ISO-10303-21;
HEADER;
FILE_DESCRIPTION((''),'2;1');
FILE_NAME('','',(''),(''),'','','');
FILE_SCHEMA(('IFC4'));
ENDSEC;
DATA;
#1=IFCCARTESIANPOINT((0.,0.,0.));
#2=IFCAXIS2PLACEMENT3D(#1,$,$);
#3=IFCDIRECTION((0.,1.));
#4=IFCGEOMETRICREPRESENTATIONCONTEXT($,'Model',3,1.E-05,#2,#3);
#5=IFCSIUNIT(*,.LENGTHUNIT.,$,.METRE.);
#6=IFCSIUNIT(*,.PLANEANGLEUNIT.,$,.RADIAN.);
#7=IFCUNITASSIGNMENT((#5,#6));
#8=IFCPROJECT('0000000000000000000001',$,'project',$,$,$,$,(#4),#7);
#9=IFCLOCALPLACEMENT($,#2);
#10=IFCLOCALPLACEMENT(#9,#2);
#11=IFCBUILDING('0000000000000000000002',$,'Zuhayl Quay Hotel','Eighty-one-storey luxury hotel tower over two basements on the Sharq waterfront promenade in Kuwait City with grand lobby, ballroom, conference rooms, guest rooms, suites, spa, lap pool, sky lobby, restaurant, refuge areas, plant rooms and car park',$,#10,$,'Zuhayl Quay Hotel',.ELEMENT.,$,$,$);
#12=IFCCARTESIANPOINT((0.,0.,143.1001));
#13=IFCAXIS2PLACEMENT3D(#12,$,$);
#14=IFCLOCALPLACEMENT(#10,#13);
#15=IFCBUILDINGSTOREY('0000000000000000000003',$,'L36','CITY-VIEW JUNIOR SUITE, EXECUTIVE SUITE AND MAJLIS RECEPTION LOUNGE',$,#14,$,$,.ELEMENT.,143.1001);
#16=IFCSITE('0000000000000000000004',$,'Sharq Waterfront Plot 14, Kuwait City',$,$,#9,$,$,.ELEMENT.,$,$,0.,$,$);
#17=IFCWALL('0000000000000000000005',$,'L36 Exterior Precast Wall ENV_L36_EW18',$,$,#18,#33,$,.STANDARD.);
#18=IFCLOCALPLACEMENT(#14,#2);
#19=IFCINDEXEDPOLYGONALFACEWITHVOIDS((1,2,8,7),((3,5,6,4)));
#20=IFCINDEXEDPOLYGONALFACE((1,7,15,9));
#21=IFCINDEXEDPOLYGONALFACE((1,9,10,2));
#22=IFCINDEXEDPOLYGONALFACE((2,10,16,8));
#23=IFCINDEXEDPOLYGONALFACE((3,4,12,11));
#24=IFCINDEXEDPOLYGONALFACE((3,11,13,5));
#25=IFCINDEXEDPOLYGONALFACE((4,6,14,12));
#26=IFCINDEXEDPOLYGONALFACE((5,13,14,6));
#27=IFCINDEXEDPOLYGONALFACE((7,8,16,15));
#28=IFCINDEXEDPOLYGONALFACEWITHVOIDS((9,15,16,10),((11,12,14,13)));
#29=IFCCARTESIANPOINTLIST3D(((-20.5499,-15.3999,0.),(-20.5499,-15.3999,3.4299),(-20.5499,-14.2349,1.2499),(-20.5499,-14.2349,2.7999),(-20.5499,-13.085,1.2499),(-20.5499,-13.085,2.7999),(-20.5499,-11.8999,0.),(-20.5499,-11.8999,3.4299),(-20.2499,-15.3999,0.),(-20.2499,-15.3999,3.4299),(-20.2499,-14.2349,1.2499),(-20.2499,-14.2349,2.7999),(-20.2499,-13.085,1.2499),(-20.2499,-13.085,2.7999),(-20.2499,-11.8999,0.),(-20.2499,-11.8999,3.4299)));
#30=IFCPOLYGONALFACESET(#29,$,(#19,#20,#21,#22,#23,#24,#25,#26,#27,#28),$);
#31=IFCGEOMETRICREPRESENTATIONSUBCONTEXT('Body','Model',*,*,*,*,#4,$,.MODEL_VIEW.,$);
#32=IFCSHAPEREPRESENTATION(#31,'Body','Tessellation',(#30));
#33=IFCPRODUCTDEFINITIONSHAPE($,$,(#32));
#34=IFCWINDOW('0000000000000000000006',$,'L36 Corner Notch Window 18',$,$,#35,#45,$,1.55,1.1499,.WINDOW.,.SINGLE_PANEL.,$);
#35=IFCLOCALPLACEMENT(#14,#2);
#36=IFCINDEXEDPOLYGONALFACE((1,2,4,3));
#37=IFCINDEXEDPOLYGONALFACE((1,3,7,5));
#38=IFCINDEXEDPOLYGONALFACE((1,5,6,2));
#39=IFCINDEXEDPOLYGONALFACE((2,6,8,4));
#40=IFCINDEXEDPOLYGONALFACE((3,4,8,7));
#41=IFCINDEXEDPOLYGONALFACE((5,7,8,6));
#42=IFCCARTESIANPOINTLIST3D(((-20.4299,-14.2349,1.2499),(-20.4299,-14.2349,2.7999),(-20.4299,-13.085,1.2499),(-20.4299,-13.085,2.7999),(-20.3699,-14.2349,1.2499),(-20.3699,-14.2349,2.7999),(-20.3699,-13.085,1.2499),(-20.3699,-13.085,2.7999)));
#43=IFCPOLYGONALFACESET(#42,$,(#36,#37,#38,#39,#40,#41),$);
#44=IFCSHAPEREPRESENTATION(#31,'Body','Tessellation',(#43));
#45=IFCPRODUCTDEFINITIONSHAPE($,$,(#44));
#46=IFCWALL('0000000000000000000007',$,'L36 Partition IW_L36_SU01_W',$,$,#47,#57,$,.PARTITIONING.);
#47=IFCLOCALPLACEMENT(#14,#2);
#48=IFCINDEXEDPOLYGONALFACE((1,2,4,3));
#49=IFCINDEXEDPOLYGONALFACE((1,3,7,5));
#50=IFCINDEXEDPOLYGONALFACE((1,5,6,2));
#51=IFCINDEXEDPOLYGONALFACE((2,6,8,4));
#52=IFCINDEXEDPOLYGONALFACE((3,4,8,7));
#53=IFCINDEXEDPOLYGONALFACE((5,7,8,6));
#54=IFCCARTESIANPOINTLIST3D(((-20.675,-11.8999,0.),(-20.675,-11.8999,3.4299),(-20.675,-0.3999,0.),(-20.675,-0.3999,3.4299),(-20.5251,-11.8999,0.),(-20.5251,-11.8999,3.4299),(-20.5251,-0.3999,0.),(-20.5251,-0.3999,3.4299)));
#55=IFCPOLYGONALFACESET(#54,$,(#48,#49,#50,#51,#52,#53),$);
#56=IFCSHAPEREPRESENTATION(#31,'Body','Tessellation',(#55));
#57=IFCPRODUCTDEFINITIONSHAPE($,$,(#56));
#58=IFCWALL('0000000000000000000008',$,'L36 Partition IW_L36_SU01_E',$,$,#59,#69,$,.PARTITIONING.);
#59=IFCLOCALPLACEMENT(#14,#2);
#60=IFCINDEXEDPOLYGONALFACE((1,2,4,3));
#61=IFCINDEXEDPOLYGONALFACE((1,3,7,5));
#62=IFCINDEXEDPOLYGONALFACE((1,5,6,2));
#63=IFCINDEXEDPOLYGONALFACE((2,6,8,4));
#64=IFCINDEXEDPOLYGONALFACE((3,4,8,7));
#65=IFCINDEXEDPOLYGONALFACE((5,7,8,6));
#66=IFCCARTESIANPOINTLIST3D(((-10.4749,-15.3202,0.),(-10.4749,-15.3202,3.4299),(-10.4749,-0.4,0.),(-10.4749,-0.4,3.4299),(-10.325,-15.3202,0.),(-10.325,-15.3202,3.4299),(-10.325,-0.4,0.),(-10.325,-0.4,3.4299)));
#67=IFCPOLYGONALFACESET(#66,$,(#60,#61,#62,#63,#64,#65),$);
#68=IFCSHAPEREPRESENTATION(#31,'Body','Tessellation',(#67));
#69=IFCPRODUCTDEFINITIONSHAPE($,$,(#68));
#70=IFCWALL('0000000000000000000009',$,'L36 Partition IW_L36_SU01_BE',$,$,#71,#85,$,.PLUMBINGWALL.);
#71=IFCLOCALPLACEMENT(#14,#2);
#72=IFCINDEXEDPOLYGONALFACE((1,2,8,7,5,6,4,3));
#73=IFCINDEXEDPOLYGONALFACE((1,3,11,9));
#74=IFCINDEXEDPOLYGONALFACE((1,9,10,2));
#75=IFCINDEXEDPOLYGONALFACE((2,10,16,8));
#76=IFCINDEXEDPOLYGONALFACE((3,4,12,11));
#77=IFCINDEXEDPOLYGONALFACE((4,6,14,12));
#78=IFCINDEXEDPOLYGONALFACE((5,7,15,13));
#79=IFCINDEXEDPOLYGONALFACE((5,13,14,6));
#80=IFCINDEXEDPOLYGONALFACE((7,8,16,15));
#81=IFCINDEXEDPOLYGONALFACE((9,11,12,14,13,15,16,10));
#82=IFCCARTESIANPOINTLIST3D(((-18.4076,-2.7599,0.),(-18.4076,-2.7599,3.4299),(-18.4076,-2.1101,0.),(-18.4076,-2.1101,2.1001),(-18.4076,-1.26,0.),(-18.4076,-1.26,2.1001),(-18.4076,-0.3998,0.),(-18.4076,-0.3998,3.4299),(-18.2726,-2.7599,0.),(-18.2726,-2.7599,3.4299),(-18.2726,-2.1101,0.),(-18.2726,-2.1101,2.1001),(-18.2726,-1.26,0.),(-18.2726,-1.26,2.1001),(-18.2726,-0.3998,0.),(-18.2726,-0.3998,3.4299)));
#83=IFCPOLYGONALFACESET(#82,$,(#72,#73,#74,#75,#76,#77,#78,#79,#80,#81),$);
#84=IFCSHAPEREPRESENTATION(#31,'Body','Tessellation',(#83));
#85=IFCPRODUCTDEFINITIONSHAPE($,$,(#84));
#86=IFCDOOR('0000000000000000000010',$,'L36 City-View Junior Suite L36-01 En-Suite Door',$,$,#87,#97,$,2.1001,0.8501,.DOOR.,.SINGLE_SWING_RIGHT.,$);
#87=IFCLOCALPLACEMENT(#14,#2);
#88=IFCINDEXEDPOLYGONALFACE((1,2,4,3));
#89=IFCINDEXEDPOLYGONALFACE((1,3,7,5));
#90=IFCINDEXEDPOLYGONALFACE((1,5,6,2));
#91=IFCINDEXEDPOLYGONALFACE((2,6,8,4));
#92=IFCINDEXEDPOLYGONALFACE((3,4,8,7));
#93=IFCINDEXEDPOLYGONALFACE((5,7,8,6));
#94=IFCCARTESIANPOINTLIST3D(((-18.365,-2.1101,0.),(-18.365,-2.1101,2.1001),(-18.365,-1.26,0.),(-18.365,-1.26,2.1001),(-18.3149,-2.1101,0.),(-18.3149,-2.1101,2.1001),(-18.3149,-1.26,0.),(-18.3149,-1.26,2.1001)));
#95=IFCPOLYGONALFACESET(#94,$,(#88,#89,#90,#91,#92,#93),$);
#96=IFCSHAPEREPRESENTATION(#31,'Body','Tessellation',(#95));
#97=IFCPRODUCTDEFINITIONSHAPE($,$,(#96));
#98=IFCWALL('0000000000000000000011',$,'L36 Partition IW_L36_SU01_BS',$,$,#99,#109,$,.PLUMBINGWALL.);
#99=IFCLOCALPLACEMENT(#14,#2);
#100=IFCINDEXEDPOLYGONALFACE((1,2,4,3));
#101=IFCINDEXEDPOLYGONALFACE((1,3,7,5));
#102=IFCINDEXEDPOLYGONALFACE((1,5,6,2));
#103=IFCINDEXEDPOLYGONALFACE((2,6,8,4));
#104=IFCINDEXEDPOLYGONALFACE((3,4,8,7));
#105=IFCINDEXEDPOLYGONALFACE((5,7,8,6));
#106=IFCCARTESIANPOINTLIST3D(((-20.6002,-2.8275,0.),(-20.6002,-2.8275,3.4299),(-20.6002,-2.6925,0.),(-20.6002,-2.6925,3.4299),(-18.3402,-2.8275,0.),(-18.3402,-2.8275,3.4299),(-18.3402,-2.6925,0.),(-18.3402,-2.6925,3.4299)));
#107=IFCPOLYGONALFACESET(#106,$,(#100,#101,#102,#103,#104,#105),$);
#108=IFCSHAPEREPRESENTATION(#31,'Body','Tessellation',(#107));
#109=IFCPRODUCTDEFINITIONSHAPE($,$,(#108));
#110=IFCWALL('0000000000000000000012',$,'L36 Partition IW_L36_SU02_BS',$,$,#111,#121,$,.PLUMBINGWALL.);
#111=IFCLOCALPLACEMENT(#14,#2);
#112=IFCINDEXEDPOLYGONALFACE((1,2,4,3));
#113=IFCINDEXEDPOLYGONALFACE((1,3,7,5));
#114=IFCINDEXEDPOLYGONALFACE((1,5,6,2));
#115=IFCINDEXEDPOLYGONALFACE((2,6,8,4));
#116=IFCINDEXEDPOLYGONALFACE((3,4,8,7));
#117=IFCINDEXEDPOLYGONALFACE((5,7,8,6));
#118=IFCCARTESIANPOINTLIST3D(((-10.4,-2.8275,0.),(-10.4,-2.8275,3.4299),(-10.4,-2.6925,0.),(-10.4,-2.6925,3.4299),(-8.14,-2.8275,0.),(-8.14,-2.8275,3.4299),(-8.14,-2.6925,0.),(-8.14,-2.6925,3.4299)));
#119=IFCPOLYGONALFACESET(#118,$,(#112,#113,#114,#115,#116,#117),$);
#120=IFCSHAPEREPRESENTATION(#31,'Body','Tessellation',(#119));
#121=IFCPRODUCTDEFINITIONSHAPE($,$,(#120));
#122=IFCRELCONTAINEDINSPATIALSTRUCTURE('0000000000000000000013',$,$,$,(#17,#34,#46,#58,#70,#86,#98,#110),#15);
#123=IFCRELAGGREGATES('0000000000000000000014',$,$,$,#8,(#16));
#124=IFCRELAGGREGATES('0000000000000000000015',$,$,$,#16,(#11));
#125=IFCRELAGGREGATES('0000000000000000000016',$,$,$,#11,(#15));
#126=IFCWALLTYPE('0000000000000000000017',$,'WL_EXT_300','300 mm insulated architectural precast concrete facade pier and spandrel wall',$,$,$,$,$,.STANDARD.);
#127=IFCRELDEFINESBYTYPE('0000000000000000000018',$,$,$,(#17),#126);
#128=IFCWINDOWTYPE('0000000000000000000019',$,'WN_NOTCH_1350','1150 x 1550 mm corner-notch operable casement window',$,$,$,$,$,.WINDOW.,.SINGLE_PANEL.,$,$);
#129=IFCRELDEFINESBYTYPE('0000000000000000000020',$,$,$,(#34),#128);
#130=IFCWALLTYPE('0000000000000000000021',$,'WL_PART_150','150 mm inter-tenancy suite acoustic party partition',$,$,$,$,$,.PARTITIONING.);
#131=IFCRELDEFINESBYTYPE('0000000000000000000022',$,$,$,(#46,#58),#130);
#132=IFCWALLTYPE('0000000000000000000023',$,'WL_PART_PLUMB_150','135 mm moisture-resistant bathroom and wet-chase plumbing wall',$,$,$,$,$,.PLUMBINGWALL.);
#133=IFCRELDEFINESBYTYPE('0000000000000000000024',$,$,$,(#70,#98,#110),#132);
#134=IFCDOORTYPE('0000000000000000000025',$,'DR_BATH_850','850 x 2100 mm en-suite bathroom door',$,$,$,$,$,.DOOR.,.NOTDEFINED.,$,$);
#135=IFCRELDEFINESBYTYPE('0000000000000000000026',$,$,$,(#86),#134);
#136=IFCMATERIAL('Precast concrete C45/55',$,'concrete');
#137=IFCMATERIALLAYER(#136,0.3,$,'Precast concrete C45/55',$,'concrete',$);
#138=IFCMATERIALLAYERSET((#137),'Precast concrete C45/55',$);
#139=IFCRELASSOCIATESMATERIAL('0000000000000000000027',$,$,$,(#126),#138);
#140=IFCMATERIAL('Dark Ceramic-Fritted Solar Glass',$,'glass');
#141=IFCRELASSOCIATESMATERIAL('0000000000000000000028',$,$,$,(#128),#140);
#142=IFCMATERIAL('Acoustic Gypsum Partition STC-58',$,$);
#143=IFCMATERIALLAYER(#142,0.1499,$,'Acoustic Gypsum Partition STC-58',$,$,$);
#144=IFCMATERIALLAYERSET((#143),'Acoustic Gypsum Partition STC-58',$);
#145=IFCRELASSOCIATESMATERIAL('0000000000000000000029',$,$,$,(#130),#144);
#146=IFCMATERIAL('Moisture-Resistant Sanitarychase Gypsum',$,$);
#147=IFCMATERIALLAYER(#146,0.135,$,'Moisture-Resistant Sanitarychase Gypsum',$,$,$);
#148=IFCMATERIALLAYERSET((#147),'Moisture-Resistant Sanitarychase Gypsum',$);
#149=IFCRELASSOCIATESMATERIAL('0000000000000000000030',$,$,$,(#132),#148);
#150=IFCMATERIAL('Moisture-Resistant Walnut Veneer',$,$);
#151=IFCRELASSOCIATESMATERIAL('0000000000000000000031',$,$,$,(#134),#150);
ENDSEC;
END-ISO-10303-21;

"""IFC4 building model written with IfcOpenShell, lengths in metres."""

from ifc_helpers import new_model, si_unit, direction, frame, frame_2d, origin, place, context, subcontext, project, spatial, rectangle, extrude, material, layer, layer_set, type_object, element, fill, save


model = new_model("IFC4")

# Units and contexts
model_context = context("Model", 3, precision=1e-05, world=origin(), true_north=direction((0.0, 1.0)))
body_context = subcontext(model_context, "Body", "Model", "MODEL_VIEW")
ifc_project = project(units=[si_unit("LENGTHUNIT", "METRE"), si_unit("PLANEANGLEUNIT", "RADIAN")], contexts=[model_context])

# Site, building, storey
site_placement = place(None, origin())
site = spatial("IfcSite", under=ifc_project, at=site_placement, Name="Sharq Waterfront Plot 14, Kuwait City", CompositionType="ELEMENT", RefElevation=0.0)
building_placement = place(site_placement, origin())
building = spatial("IfcBuilding", under=site, at=building_placement, Name="Zuhayl Quay Hotel", Description="Eighty-one-storey luxury hotel tower over two basements on the Sharq waterfront promenade in Kuwait City with grand lobby, ballroom, conference rooms, guest rooms, suites, spa, lap pool, sky lobby, restaurant, refuge areas, plant rooms and car park", LongName="Zuhayl Quay Hotel", CompositionType="ELEMENT")
storey_placement = place(building_placement, frame((0.0, 0.0, 143.1001)))
storey = spatial("IfcBuildingStorey", under=building, at=storey_placement, Name="L36", Description="CITY-VIEW JUNIOR SUITE, EXECUTIVE SUITE AND MAJLIS RECEPTION LOUNGE", CompositionType="ELEMENT", Elevation=143.1001)

# Shared definitions
ifc_material_1 = material(Name="Dark Ceramic-Fritted Solar Glass", Category="glass")

# Shared definitions
ifc_material_2 = material(Name="Precast concrete C45/55", Category="concrete")
ifc_layer_1 = layer(ifc_material_2, 0.3, Name="Precast concrete C45/55", Category="concrete")
ifc_layer_set_1 = layer_set([ifc_layer_1], Name="Precast concrete C45/55")
wall_type_1 = type_object("IfcWallType", Name="WL_EXT_300", Description="300 mm insulated architectural precast concrete facade pier and spandrel wall", PredefinedType="STANDARD", material=ifc_layer_set_1)
window_type_1 = type_object("IfcWindowType", Name="WN_NOTCH_1350", Description="1150 x 1550 mm corner-notch operable casement window", PartitioningType="SINGLE_PANEL", PredefinedType="WINDOW", material=ifc_material_1)

# Wall, opening, window
wall_1_placement = place(storey_placement, frame((-20.3999, -15.3999, 0.0), z_axis=(0.0, 0.0, 1.0), x_axis=(0.0, 1.0, 0.0)))
wall_1 = element("IfcWall", 1, at=wall_1_placement, inside=storey, type_object=wall_type_1, Name="L36 Exterior Precast Wall ENV_L36_EW18", PredefinedType="STANDARD", context=body_context, shape_type="SweptSolid", body=[
    extrude(rectangle(XDim=3.5, YDim=0.3, at=frame_2d((1.75, 0.0))), origin(), (0.0, 0.0, 1.0), 3.4299),
])
opening_1_placement = place(wall_1_placement, frame((1.165, 0.0, 1.25)))
opening_1 = element("IfcOpeningElement", 2, at=opening_1_placement, cuts=wall_1, PredefinedType="OPENING", context=body_context, shape_type="SweptSolid", body=[
    extrude(rectangle(XDim=1.1499, YDim=1.55, at=frame_2d((0.575, 0.7749))), frame((0.0, 0.1599, 0.0), z_axis=(0.0, -1.0, 0.0), x_axis=(1.0, 0.0, 0.0)), (0.0, 0.0, 1.0), 0.3201),
])
window_1_placement = place(opening_1_placement, origin())
window_1 = element("IfcWindow", 3, at=window_1_placement, inside=storey, type_object=window_type_1, Name="L36 Corner Notch Window 18", OverallHeight=1.55, OverallWidth=1.1499, PartitioningType="SINGLE_PANEL", PredefinedType="WINDOW", context=body_context, shape_type="SweptSolid", body=[
    extrude(rectangle(XDim=1.1499, YDim=1.55, at=frame_2d((0.575, 0.7749))), frame((0.0, 0.03, 0.0), z_axis=(0.0, -1.0, 0.0), x_axis=(1.0, 0.0, 0.0)), (0.0, 0.0, 1.0), 0.0601),
])
fill(opening_1, window_1)

# Walls
ifc_material_3 = material(Name="Acoustic Gypsum Partition STC-58")
ifc_layer_2 = layer(ifc_material_3, 0.1499, Name="Acoustic Gypsum Partition STC-58")
ifc_layer_set_2 = layer_set([ifc_layer_2], Name="Acoustic Gypsum Partition STC-58")
wall_type_2 = type_object("IfcWallType", Name="WL_PART_150", Description="150 mm inter-tenancy suite acoustic party partition", PredefinedType="PARTITIONING", material=ifc_layer_set_2)
wall_2_placement = place(storey_placement, frame((-20.6001, -11.8999, 0.0), z_axis=(0.0, 0.0, 1.0), x_axis=(0.0, 1.0, 0.0)))
element("IfcWall", 4, at=wall_2_placement, inside=storey, type_object=wall_type_2, Name="L36 Partition IW_L36_SU01_W", PredefinedType="PARTITIONING", context=body_context, shape_type="SweptSolid", body=[
    extrude(rectangle(XDim=11.5, YDim=0.1499, at=frame_2d((5.75, 0.0))), origin(), (0.0, 0.0, 1.0), 3.4299),
])
wall_3_placement = place(storey_placement, frame((-10.3999, -15.3201, 0.0), z_axis=(0.0, 0.0, 1.0), x_axis=(0.0, 1.0, 0.0)))
element("IfcWall", 5, at=wall_3_placement, inside=storey, type_object=wall_type_2, Name="L36 Partition IW_L36_SU01_E", PredefinedType="PARTITIONING", context=body_context, shape_type="SweptSolid", body=[
    extrude(rectangle(XDim=14.9202, YDim=0.1499, at=frame_2d((7.46, 0.0))), origin(), (0.0, 0.0, 1.0), 3.4299),
])

# Wall, opening, door
ifc_material_4 = material(Name="Moisture-Resistant Sanitarychase Gypsum")
ifc_layer_3 = layer(ifc_material_4, 0.135, Name="Moisture-Resistant Sanitarychase Gypsum")
ifc_layer_set_3 = layer_set([ifc_layer_3], Name="Moisture-Resistant Sanitarychase Gypsum")
wall_type_3 = type_object("IfcWallType", Name="WL_PART_PLUMB_150", Description="135 mm moisture-resistant bathroom and wet-chase plumbing wall", PredefinedType="PLUMBINGWALL", material=ifc_layer_set_3)
wall_4_placement = place(storey_placement, frame((-18.3401, -2.76, 0.0), z_axis=(0.0, 0.0, 1.0), x_axis=(0.0, 1.0, 0.0)))
wall_4 = element("IfcWall", 6, at=wall_4_placement, inside=storey, type_object=wall_type_3, Name="L36 Partition IW_L36_SU01_BE", PredefinedType="PLUMBINGWALL", context=body_context, shape_type="SweptSolid", body=[
    extrude(rectangle(XDim=2.3601, YDim=0.135, at=frame_2d((1.1802, 0.0))), origin(), (0.0, 0.0, 1.0), 3.4299),
])
opening_2_placement = place(wall_4_placement, frame((0.6499, 0.0, 0.0)))
opening_2 = element("IfcOpeningElement", 7, at=opening_2_placement, cuts=wall_4, PredefinedType="OPENING", context=body_context, shape_type="SweptSolid", body=[
    extrude(rectangle(XDim=0.8501, YDim=2.1001, at=frame_2d((0.425, 1.05))), frame((0.0, 0.0774, 0.0), z_axis=(0.0, -1.0, 0.0), x_axis=(1.0, 0.0, 0.0)), (0.0, 0.0, 1.0), 0.155),
])
ifc_material_5 = material(Name="Moisture-Resistant Walnut Veneer")
door_type_1 = type_object("IfcDoorType", Name="DR_BATH_850", Description="850 x 2100 mm en-suite bathroom door", OperationType="NOTDEFINED", PredefinedType="DOOR", material=ifc_material_5)
door_1_placement = place(opening_2_placement, origin())
door_1 = element("IfcDoor", 8, at=door_1_placement, inside=storey, type_object=door_type_1, Name="L36 City-View Junior Suite L36-01 En-Suite Door", OperationType="SINGLE_SWING_RIGHT", OverallHeight=2.1001, OverallWidth=0.8501, PredefinedType="DOOR", context=body_context, shape_type="SweptSolid", body=[
    extrude(rectangle(XDim=0.8501, YDim=2.1001, at=frame_2d((0.425, 1.05))), frame((0.0, 0.0249, 0.0), z_axis=(0.0, -1.0, 0.0), x_axis=(1.0, 0.0, 0.0)), (0.0, 0.0, 1.0), 0.05),
])
fill(opening_2, door_1)

# Walls
for number, where, z_axis, x_axis, name in (
    (9, (-20.6001, -2.76, 0.0), (0.0, 0.0, 1.0), (1.0, 0.0, 0.0), "L36 Partition IW_L36_SU01_BS"),
    (10, (-10.3999, -2.76, 0.0), (0.0, 0.0, 1.0), (1.0, 0.0, 0.0), "L36 Partition IW_L36_SU02_BS"),
):
    element("IfcWall", number, at=place(storey_placement, frame(where, z_axis=z_axis, x_axis=x_axis)), inside=storey, type_object=wall_type_3, Name=name, PredefinedType="PLUMBINGWALL", context=body_context, shape_type="SweptSolid", body=[
        extrude(rectangle(XDim=2.26, YDim=0.135, at=frame_2d((1.1299, 0.0))), origin(), (0.0, 0.0, 1.0), 3.4299),
    ])

save(model, "model.ifc")
